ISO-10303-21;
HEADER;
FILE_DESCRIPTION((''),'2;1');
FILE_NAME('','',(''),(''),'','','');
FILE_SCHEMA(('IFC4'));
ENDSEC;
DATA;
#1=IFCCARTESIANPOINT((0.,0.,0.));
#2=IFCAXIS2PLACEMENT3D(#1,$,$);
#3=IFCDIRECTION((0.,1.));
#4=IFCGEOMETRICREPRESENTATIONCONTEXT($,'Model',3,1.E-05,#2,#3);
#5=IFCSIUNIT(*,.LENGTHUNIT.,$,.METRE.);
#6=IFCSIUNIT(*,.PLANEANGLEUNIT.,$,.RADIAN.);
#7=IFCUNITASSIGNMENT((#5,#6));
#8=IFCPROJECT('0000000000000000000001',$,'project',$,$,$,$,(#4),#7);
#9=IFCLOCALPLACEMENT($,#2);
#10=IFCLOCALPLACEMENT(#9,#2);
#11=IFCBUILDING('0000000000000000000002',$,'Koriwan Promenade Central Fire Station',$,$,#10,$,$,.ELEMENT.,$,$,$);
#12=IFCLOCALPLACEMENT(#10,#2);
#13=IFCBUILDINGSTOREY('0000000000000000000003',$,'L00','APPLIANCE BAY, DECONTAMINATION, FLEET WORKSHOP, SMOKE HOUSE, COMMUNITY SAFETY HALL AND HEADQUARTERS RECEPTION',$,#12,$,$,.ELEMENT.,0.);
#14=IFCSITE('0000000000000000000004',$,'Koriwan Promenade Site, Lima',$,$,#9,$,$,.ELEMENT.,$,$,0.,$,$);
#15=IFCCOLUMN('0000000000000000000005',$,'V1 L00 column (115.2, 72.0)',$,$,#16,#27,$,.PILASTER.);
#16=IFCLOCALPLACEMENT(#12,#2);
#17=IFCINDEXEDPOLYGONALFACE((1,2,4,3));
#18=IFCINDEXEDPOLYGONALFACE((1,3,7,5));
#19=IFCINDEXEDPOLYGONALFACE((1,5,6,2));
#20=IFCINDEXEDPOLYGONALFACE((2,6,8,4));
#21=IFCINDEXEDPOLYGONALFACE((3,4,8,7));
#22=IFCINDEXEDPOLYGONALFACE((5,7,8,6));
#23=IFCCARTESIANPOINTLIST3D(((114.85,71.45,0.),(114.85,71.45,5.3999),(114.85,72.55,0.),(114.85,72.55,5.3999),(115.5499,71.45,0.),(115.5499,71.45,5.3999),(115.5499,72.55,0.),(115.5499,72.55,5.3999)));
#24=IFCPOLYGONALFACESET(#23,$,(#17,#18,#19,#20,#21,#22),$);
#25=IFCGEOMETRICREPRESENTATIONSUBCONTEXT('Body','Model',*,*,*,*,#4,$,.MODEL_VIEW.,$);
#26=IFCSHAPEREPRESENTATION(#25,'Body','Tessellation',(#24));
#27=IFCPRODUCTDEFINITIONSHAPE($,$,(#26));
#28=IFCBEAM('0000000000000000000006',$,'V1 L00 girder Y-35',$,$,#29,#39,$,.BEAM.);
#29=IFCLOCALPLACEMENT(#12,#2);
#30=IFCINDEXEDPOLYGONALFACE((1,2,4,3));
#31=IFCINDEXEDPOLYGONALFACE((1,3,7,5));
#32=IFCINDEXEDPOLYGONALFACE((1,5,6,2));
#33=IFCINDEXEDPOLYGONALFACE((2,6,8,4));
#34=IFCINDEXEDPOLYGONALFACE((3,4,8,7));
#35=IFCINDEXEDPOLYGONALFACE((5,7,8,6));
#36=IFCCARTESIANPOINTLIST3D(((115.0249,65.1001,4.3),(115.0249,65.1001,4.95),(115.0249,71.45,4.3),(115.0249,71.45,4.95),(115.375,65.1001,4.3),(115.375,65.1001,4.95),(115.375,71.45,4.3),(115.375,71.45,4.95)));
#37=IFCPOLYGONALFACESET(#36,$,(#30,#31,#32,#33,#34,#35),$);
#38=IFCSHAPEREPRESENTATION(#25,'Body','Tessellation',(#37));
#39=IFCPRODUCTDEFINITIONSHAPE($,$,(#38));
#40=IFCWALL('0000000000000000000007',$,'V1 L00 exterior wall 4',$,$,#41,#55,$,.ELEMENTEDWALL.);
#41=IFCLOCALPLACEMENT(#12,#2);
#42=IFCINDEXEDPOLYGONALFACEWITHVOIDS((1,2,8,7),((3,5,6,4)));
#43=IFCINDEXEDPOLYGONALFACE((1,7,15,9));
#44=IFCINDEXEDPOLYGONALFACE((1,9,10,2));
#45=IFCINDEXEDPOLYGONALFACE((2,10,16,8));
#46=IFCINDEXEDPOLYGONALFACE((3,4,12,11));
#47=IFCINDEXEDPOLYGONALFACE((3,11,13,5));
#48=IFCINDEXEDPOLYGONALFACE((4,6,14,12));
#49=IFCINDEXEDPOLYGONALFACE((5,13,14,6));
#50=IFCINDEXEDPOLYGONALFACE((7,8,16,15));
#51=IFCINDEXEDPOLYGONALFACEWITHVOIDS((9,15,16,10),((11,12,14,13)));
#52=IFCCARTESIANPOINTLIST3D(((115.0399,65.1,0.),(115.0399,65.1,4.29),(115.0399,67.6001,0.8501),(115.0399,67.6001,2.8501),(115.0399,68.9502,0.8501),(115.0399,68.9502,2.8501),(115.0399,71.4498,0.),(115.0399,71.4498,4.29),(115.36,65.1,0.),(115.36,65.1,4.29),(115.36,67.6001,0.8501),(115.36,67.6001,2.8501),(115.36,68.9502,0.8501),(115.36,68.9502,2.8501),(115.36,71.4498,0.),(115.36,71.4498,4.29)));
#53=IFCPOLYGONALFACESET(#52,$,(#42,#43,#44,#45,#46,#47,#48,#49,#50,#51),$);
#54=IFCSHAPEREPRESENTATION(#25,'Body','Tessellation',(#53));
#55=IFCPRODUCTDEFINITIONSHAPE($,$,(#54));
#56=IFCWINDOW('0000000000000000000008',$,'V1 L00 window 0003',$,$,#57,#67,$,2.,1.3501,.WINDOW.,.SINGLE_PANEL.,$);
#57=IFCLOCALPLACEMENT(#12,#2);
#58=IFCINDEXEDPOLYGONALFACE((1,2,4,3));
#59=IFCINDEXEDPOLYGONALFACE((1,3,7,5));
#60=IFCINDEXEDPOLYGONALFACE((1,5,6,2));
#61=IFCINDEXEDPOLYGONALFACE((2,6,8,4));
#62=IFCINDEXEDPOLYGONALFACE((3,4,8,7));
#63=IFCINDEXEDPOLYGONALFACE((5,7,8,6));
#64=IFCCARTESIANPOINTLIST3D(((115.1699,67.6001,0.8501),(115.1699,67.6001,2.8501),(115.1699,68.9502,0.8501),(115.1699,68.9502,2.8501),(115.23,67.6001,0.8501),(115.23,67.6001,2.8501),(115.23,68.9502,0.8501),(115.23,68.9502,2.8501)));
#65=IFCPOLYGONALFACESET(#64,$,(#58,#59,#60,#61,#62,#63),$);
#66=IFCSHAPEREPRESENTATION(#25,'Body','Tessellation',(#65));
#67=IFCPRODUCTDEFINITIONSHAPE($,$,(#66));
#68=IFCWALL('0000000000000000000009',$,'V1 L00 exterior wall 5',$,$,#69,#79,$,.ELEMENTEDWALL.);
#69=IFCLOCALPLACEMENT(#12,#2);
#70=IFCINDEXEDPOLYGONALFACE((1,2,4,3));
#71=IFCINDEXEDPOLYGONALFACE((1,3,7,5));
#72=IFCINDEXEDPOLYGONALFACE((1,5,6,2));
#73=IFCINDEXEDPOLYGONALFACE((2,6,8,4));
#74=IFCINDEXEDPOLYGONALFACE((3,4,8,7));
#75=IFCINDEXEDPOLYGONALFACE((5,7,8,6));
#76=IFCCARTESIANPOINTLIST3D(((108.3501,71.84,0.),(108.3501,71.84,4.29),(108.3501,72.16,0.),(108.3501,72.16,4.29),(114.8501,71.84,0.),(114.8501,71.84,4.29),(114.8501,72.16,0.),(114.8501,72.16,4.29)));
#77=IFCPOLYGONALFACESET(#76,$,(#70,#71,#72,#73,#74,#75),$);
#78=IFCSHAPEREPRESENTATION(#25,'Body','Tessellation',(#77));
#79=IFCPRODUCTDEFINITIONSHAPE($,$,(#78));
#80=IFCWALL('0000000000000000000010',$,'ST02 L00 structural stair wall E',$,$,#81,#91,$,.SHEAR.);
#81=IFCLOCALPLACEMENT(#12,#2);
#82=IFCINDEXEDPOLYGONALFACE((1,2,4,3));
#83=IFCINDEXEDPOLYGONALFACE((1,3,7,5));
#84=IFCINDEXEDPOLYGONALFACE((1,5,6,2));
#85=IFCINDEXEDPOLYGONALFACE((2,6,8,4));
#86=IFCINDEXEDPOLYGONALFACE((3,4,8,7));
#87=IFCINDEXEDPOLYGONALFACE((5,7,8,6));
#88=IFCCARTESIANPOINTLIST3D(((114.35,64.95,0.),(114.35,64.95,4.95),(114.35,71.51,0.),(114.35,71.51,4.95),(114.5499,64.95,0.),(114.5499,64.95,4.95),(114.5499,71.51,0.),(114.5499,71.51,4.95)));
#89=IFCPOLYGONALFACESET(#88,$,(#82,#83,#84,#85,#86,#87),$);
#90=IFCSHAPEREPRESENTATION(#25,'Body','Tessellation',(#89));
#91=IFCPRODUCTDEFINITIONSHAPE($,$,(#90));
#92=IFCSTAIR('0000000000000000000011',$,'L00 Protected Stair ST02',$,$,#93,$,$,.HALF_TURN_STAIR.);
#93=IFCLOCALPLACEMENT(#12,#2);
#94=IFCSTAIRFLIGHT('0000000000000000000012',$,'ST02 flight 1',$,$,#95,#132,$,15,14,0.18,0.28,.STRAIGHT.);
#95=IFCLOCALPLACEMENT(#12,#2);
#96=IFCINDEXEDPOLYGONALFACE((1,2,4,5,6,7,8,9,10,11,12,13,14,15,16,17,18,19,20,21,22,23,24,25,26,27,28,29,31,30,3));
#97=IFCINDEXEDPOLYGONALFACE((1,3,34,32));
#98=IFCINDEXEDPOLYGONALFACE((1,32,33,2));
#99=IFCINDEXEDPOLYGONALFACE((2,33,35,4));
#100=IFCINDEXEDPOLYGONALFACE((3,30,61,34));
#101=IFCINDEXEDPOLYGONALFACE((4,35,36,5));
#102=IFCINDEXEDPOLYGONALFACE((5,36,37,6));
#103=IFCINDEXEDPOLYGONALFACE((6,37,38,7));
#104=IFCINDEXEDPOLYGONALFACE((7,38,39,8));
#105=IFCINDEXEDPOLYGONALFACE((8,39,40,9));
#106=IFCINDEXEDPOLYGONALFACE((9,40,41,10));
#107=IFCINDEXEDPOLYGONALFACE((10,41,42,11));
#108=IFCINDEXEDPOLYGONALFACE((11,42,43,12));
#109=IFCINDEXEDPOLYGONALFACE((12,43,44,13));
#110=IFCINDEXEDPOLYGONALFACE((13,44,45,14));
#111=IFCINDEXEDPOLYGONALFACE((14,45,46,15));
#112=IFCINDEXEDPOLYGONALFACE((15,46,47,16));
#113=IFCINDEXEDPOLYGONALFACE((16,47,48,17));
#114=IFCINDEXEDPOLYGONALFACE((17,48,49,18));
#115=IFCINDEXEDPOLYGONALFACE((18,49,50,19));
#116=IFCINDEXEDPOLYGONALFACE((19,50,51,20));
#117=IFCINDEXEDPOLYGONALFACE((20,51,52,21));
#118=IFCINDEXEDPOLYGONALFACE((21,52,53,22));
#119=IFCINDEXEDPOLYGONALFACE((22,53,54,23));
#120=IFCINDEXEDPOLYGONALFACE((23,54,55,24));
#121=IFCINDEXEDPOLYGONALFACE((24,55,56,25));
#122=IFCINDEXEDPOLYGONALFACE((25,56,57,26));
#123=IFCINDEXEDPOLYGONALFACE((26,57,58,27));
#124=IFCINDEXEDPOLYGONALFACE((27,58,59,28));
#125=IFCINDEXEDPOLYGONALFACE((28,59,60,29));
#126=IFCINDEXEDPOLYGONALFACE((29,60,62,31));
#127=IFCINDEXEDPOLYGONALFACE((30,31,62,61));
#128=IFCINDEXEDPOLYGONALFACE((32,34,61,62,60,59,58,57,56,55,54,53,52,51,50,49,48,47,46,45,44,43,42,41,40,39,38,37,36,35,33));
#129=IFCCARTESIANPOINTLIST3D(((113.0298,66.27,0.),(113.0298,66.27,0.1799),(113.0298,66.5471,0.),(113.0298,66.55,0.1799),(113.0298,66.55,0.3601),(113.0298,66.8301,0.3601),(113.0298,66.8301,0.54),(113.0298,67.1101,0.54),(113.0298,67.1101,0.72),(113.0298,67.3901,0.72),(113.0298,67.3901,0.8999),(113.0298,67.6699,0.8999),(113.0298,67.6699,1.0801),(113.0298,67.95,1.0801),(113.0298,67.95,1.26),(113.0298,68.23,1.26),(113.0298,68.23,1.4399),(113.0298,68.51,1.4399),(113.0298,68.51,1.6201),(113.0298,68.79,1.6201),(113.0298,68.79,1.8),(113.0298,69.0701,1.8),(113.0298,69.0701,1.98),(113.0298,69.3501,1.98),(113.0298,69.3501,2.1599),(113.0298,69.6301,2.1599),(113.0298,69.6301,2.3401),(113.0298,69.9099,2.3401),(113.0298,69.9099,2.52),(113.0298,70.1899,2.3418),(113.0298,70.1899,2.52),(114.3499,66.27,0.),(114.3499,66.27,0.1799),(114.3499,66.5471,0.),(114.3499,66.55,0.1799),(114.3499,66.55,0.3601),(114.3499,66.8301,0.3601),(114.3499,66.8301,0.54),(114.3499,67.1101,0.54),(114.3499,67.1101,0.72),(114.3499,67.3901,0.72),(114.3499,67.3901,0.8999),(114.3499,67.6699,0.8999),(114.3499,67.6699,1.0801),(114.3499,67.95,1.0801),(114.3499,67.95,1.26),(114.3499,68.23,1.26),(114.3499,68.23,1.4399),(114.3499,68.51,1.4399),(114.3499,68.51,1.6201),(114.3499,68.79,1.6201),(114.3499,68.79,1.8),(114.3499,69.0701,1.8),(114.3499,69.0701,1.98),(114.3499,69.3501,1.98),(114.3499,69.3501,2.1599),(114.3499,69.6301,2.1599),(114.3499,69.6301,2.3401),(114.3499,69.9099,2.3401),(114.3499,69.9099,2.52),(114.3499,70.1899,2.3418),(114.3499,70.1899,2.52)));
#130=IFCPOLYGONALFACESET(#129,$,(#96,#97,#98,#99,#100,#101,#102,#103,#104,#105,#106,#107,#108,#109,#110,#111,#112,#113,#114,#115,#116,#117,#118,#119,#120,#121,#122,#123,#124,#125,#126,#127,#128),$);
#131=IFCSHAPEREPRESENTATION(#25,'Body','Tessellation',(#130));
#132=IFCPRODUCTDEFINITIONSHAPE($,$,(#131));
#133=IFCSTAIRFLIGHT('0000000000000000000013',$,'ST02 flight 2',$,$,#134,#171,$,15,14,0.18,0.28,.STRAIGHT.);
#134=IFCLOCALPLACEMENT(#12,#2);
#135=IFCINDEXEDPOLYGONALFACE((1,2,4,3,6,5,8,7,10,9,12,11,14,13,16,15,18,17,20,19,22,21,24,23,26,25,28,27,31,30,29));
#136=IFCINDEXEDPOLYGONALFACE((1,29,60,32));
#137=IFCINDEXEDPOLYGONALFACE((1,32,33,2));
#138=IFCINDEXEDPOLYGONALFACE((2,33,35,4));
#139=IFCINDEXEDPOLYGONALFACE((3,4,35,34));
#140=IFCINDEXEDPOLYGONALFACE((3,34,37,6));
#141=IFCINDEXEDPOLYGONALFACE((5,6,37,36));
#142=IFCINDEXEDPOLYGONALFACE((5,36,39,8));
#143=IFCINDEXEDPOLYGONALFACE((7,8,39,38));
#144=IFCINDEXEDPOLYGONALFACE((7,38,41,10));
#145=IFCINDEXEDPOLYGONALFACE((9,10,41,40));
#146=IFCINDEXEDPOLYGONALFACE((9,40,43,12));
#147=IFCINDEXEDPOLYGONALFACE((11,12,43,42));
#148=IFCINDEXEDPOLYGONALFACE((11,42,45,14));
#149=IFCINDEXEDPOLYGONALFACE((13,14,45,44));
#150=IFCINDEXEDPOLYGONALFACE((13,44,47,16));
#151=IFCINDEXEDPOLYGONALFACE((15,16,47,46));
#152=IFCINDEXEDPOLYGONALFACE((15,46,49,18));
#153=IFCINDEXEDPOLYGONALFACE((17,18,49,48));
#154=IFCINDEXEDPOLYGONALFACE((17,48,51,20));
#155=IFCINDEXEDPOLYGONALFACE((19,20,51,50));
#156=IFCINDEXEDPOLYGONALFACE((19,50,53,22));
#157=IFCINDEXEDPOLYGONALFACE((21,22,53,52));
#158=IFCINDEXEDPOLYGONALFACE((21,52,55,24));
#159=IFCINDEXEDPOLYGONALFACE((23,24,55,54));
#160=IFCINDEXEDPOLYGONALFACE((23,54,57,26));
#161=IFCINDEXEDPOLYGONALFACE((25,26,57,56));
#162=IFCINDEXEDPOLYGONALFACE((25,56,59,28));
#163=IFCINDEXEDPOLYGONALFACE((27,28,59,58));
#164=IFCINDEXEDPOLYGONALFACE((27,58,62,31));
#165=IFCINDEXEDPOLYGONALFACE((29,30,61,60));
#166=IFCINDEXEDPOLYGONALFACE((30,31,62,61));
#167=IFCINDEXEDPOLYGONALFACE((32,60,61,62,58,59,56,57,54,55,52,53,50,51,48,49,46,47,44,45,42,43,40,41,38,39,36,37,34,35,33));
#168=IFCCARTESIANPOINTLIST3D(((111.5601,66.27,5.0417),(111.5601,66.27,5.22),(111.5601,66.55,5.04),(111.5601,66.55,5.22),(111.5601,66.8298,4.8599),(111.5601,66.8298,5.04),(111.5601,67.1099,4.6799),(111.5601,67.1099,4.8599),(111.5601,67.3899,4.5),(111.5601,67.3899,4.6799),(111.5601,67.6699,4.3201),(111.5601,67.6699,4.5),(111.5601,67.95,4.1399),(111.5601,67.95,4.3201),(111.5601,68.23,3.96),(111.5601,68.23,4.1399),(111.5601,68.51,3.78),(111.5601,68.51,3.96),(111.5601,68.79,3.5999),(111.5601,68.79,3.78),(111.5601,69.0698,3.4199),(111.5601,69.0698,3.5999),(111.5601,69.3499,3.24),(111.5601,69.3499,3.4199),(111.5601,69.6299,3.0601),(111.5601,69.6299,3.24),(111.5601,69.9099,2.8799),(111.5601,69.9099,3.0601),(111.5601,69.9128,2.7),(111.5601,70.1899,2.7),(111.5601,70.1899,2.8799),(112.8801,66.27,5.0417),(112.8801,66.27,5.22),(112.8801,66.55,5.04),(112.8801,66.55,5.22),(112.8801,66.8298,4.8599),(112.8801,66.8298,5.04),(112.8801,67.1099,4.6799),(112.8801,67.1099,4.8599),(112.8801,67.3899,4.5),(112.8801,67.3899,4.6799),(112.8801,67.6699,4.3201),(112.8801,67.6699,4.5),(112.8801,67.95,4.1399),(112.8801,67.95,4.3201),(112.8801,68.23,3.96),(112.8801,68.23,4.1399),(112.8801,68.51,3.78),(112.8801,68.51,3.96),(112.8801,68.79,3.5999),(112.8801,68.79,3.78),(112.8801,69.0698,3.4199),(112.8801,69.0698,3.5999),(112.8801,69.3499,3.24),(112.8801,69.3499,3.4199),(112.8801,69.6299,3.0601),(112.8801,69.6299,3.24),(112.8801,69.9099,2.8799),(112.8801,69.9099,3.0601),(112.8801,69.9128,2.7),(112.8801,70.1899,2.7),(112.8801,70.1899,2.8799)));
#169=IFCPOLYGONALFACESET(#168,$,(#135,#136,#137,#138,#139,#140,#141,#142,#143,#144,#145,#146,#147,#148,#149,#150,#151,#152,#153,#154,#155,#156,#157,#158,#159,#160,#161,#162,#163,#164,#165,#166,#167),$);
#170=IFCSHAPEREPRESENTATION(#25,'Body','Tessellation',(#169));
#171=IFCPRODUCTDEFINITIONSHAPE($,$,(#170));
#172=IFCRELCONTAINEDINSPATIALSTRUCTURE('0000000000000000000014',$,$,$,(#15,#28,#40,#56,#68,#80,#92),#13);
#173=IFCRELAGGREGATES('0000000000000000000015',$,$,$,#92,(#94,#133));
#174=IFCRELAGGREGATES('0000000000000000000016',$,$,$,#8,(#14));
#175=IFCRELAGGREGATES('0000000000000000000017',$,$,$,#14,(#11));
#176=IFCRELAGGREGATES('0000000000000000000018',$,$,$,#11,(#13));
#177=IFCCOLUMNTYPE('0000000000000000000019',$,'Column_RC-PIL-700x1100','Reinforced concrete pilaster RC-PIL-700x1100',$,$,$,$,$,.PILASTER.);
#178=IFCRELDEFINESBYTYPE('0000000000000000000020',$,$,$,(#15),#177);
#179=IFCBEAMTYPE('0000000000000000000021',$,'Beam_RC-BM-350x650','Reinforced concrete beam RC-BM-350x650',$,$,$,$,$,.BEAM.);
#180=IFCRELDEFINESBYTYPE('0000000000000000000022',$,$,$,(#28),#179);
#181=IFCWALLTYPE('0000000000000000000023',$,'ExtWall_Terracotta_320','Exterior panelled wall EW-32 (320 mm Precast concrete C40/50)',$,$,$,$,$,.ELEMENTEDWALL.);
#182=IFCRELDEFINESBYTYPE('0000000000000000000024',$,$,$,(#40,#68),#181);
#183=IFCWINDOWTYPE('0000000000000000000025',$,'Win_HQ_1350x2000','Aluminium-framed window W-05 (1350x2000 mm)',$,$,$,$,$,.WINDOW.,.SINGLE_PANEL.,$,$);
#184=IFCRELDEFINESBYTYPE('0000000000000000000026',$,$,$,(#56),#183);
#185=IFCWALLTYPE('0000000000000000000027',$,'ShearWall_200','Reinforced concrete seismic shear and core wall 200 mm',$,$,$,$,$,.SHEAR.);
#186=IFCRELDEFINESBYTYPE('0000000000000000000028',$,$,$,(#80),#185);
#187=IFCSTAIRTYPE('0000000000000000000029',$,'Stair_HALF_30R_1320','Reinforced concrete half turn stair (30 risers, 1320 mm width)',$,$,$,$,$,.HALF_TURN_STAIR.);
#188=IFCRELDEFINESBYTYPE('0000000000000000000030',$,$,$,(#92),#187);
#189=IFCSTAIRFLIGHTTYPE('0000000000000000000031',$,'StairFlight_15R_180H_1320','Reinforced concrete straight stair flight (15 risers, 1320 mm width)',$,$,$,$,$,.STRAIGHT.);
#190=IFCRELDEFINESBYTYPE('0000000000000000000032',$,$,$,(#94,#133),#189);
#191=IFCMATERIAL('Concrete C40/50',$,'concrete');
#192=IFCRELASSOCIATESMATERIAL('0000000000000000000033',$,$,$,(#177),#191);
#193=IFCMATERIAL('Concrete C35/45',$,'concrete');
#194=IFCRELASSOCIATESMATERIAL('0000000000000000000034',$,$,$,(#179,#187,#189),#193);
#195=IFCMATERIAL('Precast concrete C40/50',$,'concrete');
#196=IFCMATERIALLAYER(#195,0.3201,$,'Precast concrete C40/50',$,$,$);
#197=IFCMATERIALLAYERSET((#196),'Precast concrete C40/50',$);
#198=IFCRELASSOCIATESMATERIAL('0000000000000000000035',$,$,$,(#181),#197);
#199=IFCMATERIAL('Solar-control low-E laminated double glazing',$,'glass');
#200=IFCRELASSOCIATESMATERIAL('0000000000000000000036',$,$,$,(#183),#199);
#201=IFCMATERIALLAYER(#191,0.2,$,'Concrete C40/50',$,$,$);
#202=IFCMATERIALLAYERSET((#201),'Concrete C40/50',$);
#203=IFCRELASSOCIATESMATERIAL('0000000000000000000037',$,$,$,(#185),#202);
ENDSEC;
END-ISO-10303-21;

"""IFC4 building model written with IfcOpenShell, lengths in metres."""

from ifc_helpers import new_model, si_unit, direction, frame, frame_2d, origin, origin_2d, place, context, subcontext, project, spatial, polyline, rectangle, outline, extrude, material, layer, layer_set, material_profile, profile_set, type_object, element, fill, aggregate, save


model = new_model("IFC4")

# Units and contexts
model_context = context("Model", 3, precision=1e-05, world=origin(), true_north=direction((0.0, 1.0)))
body_context = subcontext(model_context, "Body", "Model", "MODEL_VIEW")
ifc_project = project(units=[si_unit("LENGTHUNIT", "METRE"), si_unit("PLANEANGLEUNIT", "RADIAN")], contexts=[model_context])

# Site, building, storey
site_placement = place(None, origin())
site = spatial("IfcSite", under=ifc_project, at=site_placement, Name="Koriwan Promenade Site, Lima", CompositionType="ELEMENT", RefElevation=0.0)
building_placement = place(site_placement, origin())
building = spatial("IfcBuilding", under=site, at=building_placement, Name="Koriwan Promenade Central Fire Station", CompositionType="ELEMENT")
storey_placement = place(building_placement, origin())
storey = spatial("IfcBuildingStorey", under=building, at=storey_placement, Name="L00", Description="APPLIANCE BAY, DECONTAMINATION, FLEET WORKSHOP, SMOKE HOUSE, COMMUNITY SAFETY HALL AND HEADQUARTERS RECEPTION", CompositionType="ELEMENT", Elevation=0.0)

# Shared definitions
ifc_material_1 = material(Name="Concrete C35/45", Category="concrete")

# Column
ifc_material_2 = material(Name="Concrete C40/50", Category="concrete")
ifc_material_profile_1 = material_profile(ifc_material_2, rectangle(XDim=0.7, YDim=1.1001, at=origin_2d()), Name="RC-PIL-700x1100")
ifc_profile_set_1 = profile_set([ifc_material_profile_1], Name="Concrete C40/50")
column_type_1 = type_object("IfcColumnType", Name="Column_RC-PIL-700x1100", Description="Reinforced concrete pilaster RC-PIL-700x1100", PredefinedType="PILASTER", material=ifc_profile_set_1)
column_1_placement = place(storey_placement, frame((115.2, 72.0, 0.0), z_axis=(0.0, 0.0, 1.0), x_axis=(1.0, 0.0, 0.0)))
element("IfcColumn", 1, at=column_1_placement, inside=storey, type_object=column_type_1, Name="V1 L00 column (115.2, 72.0)", PredefinedType="PILASTER", context=body_context, shape_type="SweptSolid", body=[
    extrude(rectangle(XDim=0.7, YDim=1.1001, at=origin_2d()), origin(), (0.0, 0.0, 1.0), 5.3999),
])

# Beam
ifc_material_profile_2 = material_profile(ifc_material_1, rectangle(XDim=0.3501, YDim=0.6499, at=origin_2d()), Name="RC-BM-350x650")
ifc_profile_set_2 = profile_set([ifc_material_profile_2], Name="Concrete C35/45")
beam_type = type_object("IfcBeamType", Name="Beam_RC-BM-350x650", Description="Reinforced concrete beam RC-BM-350x650", PredefinedType="BEAM", material=ifc_profile_set_2)
beam_placement = place(storey_placement, frame((115.2, 65.1001, 4.625), z_axis=(0.0, 1.0, 0.0), x_axis=(-1.0, 0.0, 0.0)))
element("IfcBeam", 2, at=beam_placement, inside=storey, type_object=beam_type, Name="V1 L00 girder Y-35", PredefinedType="BEAM", context=body_context, shape_type="SweptSolid", body=[
    extrude(rectangle(XDim=0.3501, YDim=0.6499, at=origin_2d()), origin(), (0.0, 0.0, 1.0), 6.3499),
])

# Wall, opening, window
ifc_material_3 = material(Name="Precast concrete C40/50", Category="concrete")
ifc_layer_1 = layer(ifc_material_3, 0.3201, Name="Precast concrete C40/50")
ifc_layer_set_1 = layer_set([ifc_layer_1], Name="Precast concrete C40/50")
wall_type_1 = type_object("IfcWallType", Name="ExtWall_Terracotta_320", Description="Exterior panelled wall EW-32 (320 mm Precast concrete C40/50)", PredefinedType="ELEMENTEDWALL", material=ifc_layer_set_1)
wall_1_placement = place(storey_placement, frame((115.2, 65.1001, 0.0), z_axis=(0.0, 0.0, 1.0), x_axis=(0.0, 1.0, 0.0)))
wall_1 = element("IfcWall", 3, at=wall_1_placement, inside=storey, type_object=wall_type_1, Name="V1 L00 exterior wall 4", PredefinedType="ELEMENTEDWALL", context=body_context, shape_type="SweptSolid", body=[
    extrude(rectangle(XDim=6.3499, YDim=0.3201, at=frame_2d((3.1748, 0.0))), origin(), (0.0, 0.0, 1.0), 4.29),
])
opening_placement = place(wall_1_placement, frame((2.5, 0.0, 0.8501)))
opening = element("IfcOpeningElement", 4, at=opening_placement, cuts=wall_1, PredefinedType="OPENING", context=body_context, shape_type="SweptSolid", body=[
    extrude(rectangle(XDim=1.3501, YDim=2.0, at=frame_2d((0.675, 1.0))), frame((0.0, 0.1719, 0.0), z_axis=(0.0, -1.0, 0.0), x_axis=(1.0, 0.0, 0.0)), (0.0, 0.0, 1.0), 0.344),
])
ifc_material_4 = material(Name="Solar-control low-E laminated double glazing", Category="glass")
window_type = type_object("IfcWindowType", Name="Win_HQ_1350x2000", Description="Aluminium-framed window W-05 (1350x2000 mm)", PartitioningType="SINGLE_PANEL", PredefinedType="WINDOW", material=ifc_material_4)
window_placement = place(opening_placement, origin())
window = element("IfcWindow", 5, at=window_placement, inside=storey, type_object=window_type, Name="V1 L00 window 0003", OverallHeight=2.0, OverallWidth=1.3501, PartitioningType="SINGLE_PANEL", PredefinedType="WINDOW", context=body_context, shape_type="SweptSolid", body=[
    extrude(rectangle(XDim=1.3501, YDim=2.0, at=frame_2d((0.675, 1.0))), frame((0.0, 0.03, 0.0), z_axis=(0.0, -1.0, 0.0), x_axis=(1.0, 0.0, 0.0)), (0.0, 0.0, 1.0), 0.0601),
])
fill(opening, window)

# Walls
wall_2_placement = place(storey_placement, frame((114.8501, 72.0, 0.0), z_axis=(0.0, 0.0, 1.0), x_axis=(-1.0, 0.0, 0.0)))
element("IfcWall", 6, at=wall_2_placement, inside=storey, type_object=wall_type_1, Name="V1 L00 exterior wall 5", PredefinedType="ELEMENTEDWALL", context=body_context, shape_type="SweptSolid", body=[
    extrude(rectangle(XDim=6.5, YDim=0.3201, at=frame_2d((3.25, 0.0))), origin(), (0.0, 0.0, 1.0), 4.29),
])
ifc_layer_2 = layer(ifc_material_2, 0.2, Name="Concrete C40/50")
ifc_layer_set_2 = layer_set([ifc_layer_2], Name="Concrete C40/50")
wall_type_2 = type_object("IfcWallType", Name="ShearWall_200", Description="Reinforced concrete seismic shear and core wall 200 mm", PredefinedType="SHEAR", material=ifc_layer_set_2)
wall_3_placement = place(storey_placement, frame((114.45, 64.95, 0.0), z_axis=(0.0, 0.0, 1.0), x_axis=(0.0, 1.0, 0.0)))
element("IfcWall", 7, at=wall_3_placement, inside=storey, type_object=wall_type_2, Name="ST02 L00 structural stair wall E", PredefinedType="SHEAR", context=body_context, shape_type="SweptSolid", body=[
    extrude(rectangle(XDim=6.5601, YDim=0.2, at=frame_2d((3.28, 0.0))), origin(), (0.0, 0.0, 1.0), 4.95),
])

# Stair, stair flights
stair_type = type_object("IfcStairType", Name="Stair_HALF_30R_1320", Description="Reinforced concrete half turn stair (30 risers, 1320 mm width)", PredefinedType="HALF_TURN_STAIR", material=ifc_material_1)
stair_placement = place(storey_placement, origin())
stair = element("IfcStair", 8, at=stair_placement, inside=storey, type_object=stair_type, Name="L00 Protected Stair ST02", PredefinedType="HALF_TURN_STAIR")
stair_flight_type = type_object("IfcStairFlightType", Name="StairFlight_15R_180H_1320", Description="Reinforced concrete straight stair flight (15 risers, 1320 mm width)", PredefinedType="STRAIGHT", material=ifc_material_1)
stair_flight_1_placement = place(storey_placement, frame((113.6899, 66.27, 0.0), z_axis=(0.0, 0.0, 1.0), x_axis=(0.0, 1.0, 0.0)))
stair_flight_1 = element("IfcStairFlight", 9, at=stair_flight_1_placement, type_object=stair_flight_type, Name="ST02 flight 1", NumberOfRisers=15, NumberOfTreads=14, PredefinedType="STRAIGHT", RiserHeight=0.18, TreadLength=0.28, context=body_context, shape_type="SweptSolid", body=[
    extrude(outline(polyline([(0.0, 0.0), (0.0, 0.1799), (0.28, 0.1799), (0.28, 0.3601), (0.5601, 0.3601), (0.5601, 0.54), (0.8401, 0.54), (0.8401, 0.72), (1.1201, 0.72), (1.1201, 0.8999), (1.3999, 0.8999), (1.3999, 1.0801), (1.6799, 1.0801), (1.6799, 1.26), (1.96, 1.26), (1.96, 1.4399), (2.24, 1.4399), (2.24, 1.6201), (2.52, 1.6201), (2.52, 1.8), (2.8, 1.8), (2.8, 1.98), (3.0801, 1.98), (3.0801, 2.1599), (3.3601, 2.1599), (3.3601, 2.3401), (3.6399, 2.3401), (3.6399, 2.52), (3.9199, 2.52), (3.9199, 2.7), (3.9199, 2.3418), (0.2771, 0.0), (0.0, 0.0)])), frame((0.0, 0.6602, 0.0), z_axis=(0.0, -1.0, 0.0), x_axis=(1.0, 0.0, 0.0)), (0.0, 0.0, 1.0), 1.3201),
])
stair_flight_2_placement = place(storey_placement, frame((112.22, 70.1899, 2.7), z_axis=(0.0, 0.0, 1.0), x_axis=(0.0, -1.0, 0.0)))
stair_flight_2 = element("IfcStairFlight", 10, at=stair_flight_2_placement, type_object=stair_flight_type, Name="ST02 flight 2", NumberOfRisers=15, NumberOfTreads=14, PredefinedType="STRAIGHT", RiserHeight=0.18, TreadLength=0.28, context=body_context, shape_type="SweptSolid", body=[
    extrude(outline(polyline([(0.0, 0.0), (0.0, 0.1799), (0.28, 0.1799), (0.28, 0.3601), (0.5601, 0.3601), (0.5601, 0.54), (0.8401, 0.54), (0.8401, 0.72), (1.1201, 0.72), (1.1201, 0.8999), (1.3999, 0.8999), (1.3999, 1.0801), (1.6799, 1.0801), (1.6799, 1.26), (1.96, 1.26), (1.96, 1.4399), (2.24, 1.4399), (2.24, 1.6201), (2.52, 1.6201), (2.52, 1.8), (2.8, 1.8), (2.8, 1.98), (3.0801, 1.98), (3.0801, 2.1599), (3.3601, 2.1599), (3.3601, 2.3401), (3.6399, 2.3401), (3.6399, 2.52), (3.9199, 2.52), (3.9199, 2.7), (3.9199, 2.3418), (0.2771, 0.0), (0.0, 0.0)])), frame((0.0, 0.6602, 0.0), z_axis=(0.0, -1.0, 0.0), x_axis=(1.0, 0.0, 0.0)), (0.0, 0.0, 1.0), 1.3201),
])
aggregate(stair, [stair_flight_1, stair_flight_2])

save(model, "model.ifc")
